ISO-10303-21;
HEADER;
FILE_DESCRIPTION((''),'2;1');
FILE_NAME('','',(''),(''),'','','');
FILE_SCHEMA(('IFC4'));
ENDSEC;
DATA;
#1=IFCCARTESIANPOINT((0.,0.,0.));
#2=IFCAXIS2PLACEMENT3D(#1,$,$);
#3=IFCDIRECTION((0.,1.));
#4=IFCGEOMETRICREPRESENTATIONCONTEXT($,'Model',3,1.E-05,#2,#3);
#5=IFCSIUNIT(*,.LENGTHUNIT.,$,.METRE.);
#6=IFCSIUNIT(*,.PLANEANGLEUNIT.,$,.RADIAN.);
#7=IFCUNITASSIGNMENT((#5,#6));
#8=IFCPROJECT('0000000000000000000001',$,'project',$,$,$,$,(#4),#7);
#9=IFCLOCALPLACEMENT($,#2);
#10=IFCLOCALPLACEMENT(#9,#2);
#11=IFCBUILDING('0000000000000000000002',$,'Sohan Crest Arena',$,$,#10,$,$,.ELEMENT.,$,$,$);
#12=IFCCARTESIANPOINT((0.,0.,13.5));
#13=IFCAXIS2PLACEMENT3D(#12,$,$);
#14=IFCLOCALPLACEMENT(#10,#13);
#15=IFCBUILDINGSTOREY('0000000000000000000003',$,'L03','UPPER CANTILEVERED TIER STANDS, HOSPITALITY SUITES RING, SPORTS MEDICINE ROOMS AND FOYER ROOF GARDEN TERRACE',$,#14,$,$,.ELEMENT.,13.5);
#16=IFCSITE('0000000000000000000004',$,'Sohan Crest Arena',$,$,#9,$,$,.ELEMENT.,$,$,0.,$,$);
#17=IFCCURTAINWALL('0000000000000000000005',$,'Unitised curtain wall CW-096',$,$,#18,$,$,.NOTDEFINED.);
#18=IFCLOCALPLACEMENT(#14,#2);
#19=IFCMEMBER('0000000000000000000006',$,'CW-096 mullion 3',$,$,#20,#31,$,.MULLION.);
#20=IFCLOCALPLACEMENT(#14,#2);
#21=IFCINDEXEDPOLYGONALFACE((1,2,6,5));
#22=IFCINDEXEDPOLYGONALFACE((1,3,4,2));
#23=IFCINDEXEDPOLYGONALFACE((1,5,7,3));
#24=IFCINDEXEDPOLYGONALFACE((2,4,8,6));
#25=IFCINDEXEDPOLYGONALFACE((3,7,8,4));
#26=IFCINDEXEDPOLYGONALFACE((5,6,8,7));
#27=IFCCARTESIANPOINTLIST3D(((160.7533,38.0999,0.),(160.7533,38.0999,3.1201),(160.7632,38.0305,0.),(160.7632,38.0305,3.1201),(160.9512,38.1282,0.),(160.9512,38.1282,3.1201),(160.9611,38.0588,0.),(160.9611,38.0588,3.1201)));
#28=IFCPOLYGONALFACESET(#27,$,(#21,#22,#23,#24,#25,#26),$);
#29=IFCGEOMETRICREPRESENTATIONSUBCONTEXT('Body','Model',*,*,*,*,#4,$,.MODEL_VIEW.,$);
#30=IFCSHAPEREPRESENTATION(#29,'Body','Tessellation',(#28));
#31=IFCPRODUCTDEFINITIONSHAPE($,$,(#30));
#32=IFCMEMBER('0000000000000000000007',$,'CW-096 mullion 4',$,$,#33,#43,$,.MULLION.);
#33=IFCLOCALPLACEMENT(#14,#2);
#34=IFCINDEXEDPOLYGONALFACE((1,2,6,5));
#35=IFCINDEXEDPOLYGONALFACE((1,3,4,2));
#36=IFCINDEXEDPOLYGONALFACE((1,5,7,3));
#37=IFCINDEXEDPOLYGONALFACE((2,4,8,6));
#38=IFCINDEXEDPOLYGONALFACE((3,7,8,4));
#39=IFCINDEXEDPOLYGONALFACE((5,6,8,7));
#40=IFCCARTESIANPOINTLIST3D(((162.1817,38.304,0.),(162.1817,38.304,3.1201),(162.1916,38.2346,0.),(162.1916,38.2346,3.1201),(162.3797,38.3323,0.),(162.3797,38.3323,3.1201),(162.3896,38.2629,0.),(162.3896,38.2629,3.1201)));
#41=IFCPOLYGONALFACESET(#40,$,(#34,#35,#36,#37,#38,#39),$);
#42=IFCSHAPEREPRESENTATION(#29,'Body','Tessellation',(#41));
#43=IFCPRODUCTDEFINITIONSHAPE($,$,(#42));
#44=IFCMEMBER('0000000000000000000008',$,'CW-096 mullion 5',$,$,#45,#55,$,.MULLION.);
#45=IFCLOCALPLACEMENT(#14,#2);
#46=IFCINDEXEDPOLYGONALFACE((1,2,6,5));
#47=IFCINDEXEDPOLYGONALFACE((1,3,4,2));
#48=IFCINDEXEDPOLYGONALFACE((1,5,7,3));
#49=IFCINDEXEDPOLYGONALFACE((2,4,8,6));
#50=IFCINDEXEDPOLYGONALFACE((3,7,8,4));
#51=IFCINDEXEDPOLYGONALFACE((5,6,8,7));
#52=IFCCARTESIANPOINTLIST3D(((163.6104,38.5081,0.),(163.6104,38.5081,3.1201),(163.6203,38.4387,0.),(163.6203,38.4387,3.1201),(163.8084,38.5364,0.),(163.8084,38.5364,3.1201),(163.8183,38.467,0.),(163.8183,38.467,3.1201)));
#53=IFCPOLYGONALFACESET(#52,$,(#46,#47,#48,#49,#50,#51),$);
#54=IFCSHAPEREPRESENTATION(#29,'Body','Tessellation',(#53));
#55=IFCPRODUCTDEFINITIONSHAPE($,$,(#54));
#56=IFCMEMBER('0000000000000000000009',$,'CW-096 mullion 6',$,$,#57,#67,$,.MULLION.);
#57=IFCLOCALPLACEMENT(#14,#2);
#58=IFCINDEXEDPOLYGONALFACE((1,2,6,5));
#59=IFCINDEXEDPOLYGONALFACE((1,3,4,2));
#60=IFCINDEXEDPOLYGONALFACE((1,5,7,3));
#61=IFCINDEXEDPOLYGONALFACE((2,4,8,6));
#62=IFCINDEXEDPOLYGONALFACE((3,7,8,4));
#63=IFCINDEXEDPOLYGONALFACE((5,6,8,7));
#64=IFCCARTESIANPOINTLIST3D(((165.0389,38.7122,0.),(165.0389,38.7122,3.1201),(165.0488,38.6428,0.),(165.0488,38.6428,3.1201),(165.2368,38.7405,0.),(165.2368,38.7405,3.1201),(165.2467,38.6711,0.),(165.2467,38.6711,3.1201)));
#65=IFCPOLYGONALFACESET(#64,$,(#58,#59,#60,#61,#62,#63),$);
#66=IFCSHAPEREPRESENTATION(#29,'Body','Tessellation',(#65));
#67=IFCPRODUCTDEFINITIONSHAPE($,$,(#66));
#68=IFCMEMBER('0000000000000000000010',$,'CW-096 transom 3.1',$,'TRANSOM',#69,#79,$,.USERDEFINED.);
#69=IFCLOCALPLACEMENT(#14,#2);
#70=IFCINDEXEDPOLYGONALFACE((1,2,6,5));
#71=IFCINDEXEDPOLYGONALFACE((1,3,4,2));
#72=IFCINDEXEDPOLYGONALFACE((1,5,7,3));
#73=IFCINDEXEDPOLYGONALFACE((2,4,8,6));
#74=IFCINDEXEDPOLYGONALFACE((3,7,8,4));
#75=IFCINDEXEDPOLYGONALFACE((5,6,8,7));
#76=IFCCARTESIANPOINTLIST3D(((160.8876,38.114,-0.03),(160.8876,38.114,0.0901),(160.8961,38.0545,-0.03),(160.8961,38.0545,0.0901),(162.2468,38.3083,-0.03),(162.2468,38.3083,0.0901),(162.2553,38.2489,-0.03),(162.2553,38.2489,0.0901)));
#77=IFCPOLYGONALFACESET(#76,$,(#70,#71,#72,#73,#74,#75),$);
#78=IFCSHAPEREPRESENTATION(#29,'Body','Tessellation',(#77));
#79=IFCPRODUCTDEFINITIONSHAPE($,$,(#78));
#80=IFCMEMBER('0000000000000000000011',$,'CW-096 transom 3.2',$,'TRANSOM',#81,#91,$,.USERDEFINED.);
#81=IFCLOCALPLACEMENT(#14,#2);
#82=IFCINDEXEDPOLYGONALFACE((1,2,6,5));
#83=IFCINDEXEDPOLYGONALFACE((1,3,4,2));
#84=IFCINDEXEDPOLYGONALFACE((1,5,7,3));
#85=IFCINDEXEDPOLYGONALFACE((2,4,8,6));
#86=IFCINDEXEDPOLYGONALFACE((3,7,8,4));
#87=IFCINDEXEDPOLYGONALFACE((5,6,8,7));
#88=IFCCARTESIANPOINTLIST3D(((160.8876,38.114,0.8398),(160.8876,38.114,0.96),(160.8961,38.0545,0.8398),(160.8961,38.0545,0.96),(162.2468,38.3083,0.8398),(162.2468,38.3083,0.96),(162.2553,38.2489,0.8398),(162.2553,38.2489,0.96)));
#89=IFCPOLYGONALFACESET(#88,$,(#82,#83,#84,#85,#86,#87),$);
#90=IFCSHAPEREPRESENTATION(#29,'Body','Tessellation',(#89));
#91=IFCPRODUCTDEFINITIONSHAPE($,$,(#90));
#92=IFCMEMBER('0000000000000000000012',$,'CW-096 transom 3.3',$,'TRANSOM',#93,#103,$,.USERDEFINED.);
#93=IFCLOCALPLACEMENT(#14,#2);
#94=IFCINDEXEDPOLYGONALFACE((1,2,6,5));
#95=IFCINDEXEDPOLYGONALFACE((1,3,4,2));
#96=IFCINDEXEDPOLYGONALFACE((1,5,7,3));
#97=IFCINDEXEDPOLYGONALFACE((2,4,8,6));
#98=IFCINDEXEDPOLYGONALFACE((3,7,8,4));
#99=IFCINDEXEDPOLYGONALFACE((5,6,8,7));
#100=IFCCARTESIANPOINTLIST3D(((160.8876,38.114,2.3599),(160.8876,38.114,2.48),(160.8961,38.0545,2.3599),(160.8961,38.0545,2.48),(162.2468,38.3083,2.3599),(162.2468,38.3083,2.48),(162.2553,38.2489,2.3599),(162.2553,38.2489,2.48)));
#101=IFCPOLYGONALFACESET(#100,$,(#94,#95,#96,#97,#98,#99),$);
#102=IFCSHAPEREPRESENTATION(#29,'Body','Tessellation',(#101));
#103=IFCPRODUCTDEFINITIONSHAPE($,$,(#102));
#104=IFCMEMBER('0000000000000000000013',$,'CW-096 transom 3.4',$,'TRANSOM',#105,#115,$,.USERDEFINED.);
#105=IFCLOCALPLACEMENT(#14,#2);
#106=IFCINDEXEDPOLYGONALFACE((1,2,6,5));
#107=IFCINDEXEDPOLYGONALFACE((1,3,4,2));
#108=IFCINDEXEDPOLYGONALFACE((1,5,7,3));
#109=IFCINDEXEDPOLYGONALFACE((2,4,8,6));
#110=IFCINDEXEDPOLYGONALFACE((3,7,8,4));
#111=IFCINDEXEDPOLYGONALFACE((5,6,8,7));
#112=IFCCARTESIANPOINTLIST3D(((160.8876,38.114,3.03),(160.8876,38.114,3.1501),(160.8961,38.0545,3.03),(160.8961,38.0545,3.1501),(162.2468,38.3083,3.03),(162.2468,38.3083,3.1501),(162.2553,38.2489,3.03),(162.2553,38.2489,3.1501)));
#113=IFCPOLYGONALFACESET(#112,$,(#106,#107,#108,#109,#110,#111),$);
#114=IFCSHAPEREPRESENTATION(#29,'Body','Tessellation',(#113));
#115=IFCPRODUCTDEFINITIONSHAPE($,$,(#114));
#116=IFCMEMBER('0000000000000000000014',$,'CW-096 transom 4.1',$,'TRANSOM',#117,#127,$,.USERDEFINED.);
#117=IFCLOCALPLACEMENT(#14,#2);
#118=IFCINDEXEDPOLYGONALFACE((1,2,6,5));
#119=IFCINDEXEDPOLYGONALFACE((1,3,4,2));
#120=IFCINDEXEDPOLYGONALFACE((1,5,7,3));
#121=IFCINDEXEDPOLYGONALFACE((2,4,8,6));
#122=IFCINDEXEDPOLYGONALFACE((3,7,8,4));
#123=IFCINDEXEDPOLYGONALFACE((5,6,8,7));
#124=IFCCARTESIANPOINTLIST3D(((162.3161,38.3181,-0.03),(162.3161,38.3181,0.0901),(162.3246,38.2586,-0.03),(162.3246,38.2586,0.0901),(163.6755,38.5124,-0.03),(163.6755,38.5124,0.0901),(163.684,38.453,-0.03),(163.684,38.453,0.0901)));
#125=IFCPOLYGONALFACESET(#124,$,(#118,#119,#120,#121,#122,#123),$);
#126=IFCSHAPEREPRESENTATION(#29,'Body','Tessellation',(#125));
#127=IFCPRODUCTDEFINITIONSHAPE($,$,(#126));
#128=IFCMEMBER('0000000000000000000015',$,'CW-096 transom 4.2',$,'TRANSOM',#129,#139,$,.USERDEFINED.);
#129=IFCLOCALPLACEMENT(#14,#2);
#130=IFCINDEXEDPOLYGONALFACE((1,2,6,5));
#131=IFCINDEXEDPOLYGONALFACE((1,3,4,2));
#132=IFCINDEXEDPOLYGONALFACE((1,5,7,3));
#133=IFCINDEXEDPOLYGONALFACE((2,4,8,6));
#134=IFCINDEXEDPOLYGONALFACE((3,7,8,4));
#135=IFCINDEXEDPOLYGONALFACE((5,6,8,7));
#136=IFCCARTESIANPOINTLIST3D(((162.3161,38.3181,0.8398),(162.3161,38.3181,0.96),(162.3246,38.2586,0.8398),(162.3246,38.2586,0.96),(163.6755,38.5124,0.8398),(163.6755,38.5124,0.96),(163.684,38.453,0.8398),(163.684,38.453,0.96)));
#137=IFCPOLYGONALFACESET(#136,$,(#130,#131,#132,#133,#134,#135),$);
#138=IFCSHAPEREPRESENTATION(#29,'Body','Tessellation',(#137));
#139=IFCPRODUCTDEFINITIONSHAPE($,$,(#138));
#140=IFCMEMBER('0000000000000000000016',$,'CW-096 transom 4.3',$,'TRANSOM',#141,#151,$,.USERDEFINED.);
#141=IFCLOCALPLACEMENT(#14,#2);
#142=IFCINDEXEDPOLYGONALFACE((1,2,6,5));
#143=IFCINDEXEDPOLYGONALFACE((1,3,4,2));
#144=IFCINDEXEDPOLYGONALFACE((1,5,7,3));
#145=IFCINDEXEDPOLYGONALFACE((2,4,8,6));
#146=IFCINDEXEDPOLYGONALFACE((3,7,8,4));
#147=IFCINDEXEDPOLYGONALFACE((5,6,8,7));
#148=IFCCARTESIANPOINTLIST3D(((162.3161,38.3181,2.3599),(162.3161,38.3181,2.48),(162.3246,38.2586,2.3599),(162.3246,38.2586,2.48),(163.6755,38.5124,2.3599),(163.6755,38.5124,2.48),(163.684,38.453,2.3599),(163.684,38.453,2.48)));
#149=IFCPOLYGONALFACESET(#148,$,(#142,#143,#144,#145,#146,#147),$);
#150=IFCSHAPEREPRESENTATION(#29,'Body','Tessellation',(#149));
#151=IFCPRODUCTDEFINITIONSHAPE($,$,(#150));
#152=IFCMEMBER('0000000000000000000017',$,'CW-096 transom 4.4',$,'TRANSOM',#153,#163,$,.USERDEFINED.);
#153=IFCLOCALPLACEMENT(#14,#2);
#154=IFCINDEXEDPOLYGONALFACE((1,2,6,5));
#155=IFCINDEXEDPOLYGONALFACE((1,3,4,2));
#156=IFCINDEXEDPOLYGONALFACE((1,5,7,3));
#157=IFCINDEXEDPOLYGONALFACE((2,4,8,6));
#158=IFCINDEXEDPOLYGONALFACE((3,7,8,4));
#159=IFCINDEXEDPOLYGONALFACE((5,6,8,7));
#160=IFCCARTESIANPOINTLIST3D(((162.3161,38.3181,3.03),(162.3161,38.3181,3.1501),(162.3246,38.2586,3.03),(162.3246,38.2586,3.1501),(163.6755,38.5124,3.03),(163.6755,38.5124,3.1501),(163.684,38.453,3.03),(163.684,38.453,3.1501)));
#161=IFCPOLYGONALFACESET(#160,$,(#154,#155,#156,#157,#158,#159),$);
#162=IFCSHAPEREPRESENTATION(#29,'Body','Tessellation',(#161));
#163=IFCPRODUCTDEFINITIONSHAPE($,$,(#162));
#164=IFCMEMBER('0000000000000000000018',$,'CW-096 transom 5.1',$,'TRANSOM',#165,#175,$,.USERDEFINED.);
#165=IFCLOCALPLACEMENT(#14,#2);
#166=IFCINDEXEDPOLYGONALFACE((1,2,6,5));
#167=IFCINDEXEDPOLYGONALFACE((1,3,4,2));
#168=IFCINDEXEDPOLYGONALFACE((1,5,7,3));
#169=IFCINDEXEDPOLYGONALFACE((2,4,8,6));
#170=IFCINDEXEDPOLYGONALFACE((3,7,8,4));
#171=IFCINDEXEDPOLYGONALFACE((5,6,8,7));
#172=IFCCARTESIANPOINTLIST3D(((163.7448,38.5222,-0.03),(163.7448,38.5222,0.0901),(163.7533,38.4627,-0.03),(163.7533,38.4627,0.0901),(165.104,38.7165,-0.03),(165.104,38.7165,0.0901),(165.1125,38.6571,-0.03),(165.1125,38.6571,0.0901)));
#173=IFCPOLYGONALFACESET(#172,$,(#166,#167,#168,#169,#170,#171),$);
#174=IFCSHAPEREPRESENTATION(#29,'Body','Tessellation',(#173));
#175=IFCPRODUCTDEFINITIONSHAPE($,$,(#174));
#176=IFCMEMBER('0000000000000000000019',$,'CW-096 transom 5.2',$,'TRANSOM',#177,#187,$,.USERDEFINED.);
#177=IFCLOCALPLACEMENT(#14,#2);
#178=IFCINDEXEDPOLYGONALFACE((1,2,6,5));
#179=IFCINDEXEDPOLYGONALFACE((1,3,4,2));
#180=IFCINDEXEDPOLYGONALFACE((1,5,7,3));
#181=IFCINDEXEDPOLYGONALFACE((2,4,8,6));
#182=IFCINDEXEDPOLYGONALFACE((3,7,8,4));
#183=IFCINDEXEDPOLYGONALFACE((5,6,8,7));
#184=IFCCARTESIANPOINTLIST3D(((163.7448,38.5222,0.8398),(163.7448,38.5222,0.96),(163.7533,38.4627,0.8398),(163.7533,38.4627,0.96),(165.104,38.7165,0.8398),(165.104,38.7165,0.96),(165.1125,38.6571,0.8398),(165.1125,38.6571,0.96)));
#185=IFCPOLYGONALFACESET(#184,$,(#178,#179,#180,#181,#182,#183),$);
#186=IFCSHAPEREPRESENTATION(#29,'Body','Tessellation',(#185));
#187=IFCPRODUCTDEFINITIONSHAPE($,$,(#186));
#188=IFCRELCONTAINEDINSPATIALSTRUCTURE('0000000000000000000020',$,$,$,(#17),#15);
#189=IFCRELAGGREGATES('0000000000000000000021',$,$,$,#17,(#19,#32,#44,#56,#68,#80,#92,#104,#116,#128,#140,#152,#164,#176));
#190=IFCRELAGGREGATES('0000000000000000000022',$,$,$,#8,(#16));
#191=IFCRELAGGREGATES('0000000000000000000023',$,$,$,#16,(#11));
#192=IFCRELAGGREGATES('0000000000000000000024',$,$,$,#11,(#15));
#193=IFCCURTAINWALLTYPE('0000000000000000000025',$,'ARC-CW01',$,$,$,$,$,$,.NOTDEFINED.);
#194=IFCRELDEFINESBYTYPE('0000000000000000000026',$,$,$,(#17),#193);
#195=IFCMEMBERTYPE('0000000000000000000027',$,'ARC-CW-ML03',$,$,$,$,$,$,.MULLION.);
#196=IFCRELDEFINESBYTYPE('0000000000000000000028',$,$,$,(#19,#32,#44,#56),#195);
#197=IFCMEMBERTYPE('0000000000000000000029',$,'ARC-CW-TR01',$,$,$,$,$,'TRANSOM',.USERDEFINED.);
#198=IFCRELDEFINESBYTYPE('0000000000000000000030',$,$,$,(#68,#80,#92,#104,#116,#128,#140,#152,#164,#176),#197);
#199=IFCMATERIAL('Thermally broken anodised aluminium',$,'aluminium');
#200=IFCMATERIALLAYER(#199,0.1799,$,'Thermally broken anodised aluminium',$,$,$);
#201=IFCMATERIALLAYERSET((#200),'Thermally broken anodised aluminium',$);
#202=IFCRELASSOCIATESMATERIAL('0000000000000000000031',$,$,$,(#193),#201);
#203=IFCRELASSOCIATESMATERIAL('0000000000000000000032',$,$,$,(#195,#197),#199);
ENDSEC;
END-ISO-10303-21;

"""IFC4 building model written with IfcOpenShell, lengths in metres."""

from ifc_helpers import new_model, si_unit, direction, frame, origin, origin_2d, place, context, subcontext, project, spatial, rectangle, extrude, material, layer, layer_set, material_profile, profile_set, type_object, element, aggregate, save


model = new_model("IFC4")

# Units and contexts
model_context = context("Model", 3, precision=1e-05, world=origin(), true_north=direction((0.0, 1.0)))
body_context = subcontext(model_context, "Body", "Model", "MODEL_VIEW")
ifc_project = project(units=[si_unit("LENGTHUNIT", "METRE"), si_unit("PLANEANGLEUNIT", "RADIAN")], contexts=[model_context])

# Site, building, storey
site_placement = place(None, origin())
site = spatial("IfcSite", under=ifc_project, at=site_placement, Name="Sohan Crest Arena", CompositionType="ELEMENT", RefElevation=0.0)
building_placement = place(site_placement, origin())
building = spatial("IfcBuilding", under=site, at=building_placement, Name="Sohan Crest Arena", CompositionType="ELEMENT")
storey_placement = place(building_placement, frame((0.0, 0.0, 13.5)))
storey = spatial("IfcBuildingStorey", under=building, at=storey_placement, Name="L03", Description="UPPER CANTILEVERED TIER STANDS, HOSPITALITY SUITES RING, SPORTS MEDICINE ROOMS AND FOYER ROOF GARDEN TERRACE", CompositionType="ELEMENT", Elevation=13.5)

# Curtain wall, members
ifc_material_1 = material(Name="Thermally broken anodised aluminium", Category="aluminium")
ifc_layer_1 = layer(ifc_material_1, 0.1799, Name="Thermally broken anodised aluminium")
ifc_layer_set_1 = layer_set([ifc_layer_1], Name="Thermally broken anodised aluminium")
curtain_wall_type = type_object("IfcCurtainWallType", Name="ARC-CW01", PredefinedType="NOTDEFINED", material=ifc_layer_set_1)
curtain_wall_placement = place(storey_placement, origin())
curtain_wall = element("IfcCurtainWall", 1, at=curtain_wall_placement, inside=storey, type_object=curtain_wall_type, Name="Unitised curtain wall CW-096", PredefinedType="NOTDEFINED")
ifc_material_profile_1 = material_profile(ifc_material_1, rectangle(XDim=0.0701, YDim=0.2, at=origin_2d()), Name="ALU-MULL 70x200")
ifc_profile_set_1 = profile_set([ifc_material_profile_1], Name="Thermally broken anodised aluminium")
member_type_1 = type_object("IfcMemberType", Name="ARC-CW-ML03", PredefinedType="MULLION", material=ifc_profile_set_1)
member_1_placement = place(storey_placement, frame((160.8572, 38.0793, 0.0), z_axis=(0.0, 0.0, 1.0), x_axis=(-0.141463, 0.989944, 0.0)))
member_1 = element("IfcMember", 2, at=member_1_placement, type_object=member_type_1, Name="CW-096 mullion 3", PredefinedType="MULLION", context=body_context, shape_type="SweptSolid", body=[
    extrude(rectangle(XDim=0.0701, YDim=0.2, at=origin_2d()), origin(), (0.0, 0.0, 1.0), 3.1201),
])
member_2_placement = place(storey_placement, frame((162.2856, 38.2834, 0.0), z_axis=(0.0, 0.0, 1.0), x_axis=(-0.141463, 0.989944, 0.0)))
member_2 = element("IfcMember", 3, at=member_2_placement, type_object=member_type_1, Name="CW-096 mullion 4", PredefinedType="MULLION", context=body_context, shape_type="SweptSolid", body=[
    extrude(rectangle(XDim=0.0701, YDim=0.2, at=origin_2d()), origin(), (0.0, 0.0, 1.0), 3.1201),
])
member_3_placement = place(storey_placement, frame((163.7144, 38.4875, 0.0), z_axis=(0.0, 0.0, 1.0), x_axis=(-0.141463, 0.989944, 0.0)))
member_3 = element("IfcMember", 4, at=member_3_placement, type_object=member_type_1, Name="CW-096 mullion 5", PredefinedType="MULLION", context=body_context, shape_type="SweptSolid", body=[
    extrude(rectangle(XDim=0.0701, YDim=0.2, at=origin_2d()), origin(), (0.0, 0.0, 1.0), 3.1201),
])
member_4_placement = place(storey_placement, frame((165.1428, 38.6917, 0.0), z_axis=(0.0, 0.0, 1.0), x_axis=(-0.141463, 0.989944, 0.0)))
member_4 = element("IfcMember", 5, at=member_4_placement, type_object=member_type_1, Name="CW-096 mullion 6", PredefinedType="MULLION", context=body_context, shape_type="SweptSolid", body=[
    extrude(rectangle(XDim=0.0701, YDim=0.2, at=origin_2d()), origin(), (0.0, 0.0, 1.0), 3.1201),
])
ifc_material_profile_2 = material_profile(ifc_material_1, rectangle(XDim=0.0601, YDim=0.1201, at=origin_2d()), Name="ALU-TRAN 60x120")
ifc_profile_set_2 = profile_set([ifc_material_profile_2], Name="Thermally broken anodised aluminium")
member_type_2 = type_object("IfcMemberType", Name="ARC-CW-TR01", ElementType="TRANSOM", PredefinedType="USERDEFINED", material=ifc_profile_set_2)
member_5_placement = place(storey_placement, frame((160.8918, 38.0842, 0.03), z_axis=(0.989932, 0.141546, 0.0), x_axis=(-0.141546, 0.989932, 0.0)))
member_5 = element("IfcMember", 6, at=member_5_placement, type_object=member_type_2, Name="CW-096 transom 3.1", ObjectType="TRANSOM", PredefinedType="USERDEFINED", context=body_context, shape_type="SweptSolid", body=[
    extrude(rectangle(XDim=0.0601, YDim=0.1201, at=origin_2d()), origin(), (0.0, 0.0, 1.0), 1.373),
])
member_6_placement = place(storey_placement, frame((160.8918, 38.0842, 0.8999), z_axis=(0.989932, 0.141546, 0.0), x_axis=(-0.141546, 0.989932, 0.0)))
member_6 = element("IfcMember", 7, at=member_6_placement, type_object=member_type_2, Name="CW-096 transom 3.2", ObjectType="TRANSOM", PredefinedType="USERDEFINED", context=body_context, shape_type="SweptSolid", body=[
    extrude(rectangle(XDim=0.0601, YDim=0.1201, at=origin_2d()), origin(), (0.0, 0.0, 1.0), 1.373),
])
member_7_placement = place(storey_placement, frame((160.8918, 38.0842, 2.4199), z_axis=(0.989932, 0.141546, 0.0), x_axis=(-0.141546, 0.989932, 0.0)))
member_7 = element("IfcMember", 8, at=member_7_placement, type_object=member_type_2, Name="CW-096 transom 3.3", ObjectType="TRANSOM", PredefinedType="USERDEFINED", context=body_context, shape_type="SweptSolid", body=[
    extrude(rectangle(XDim=0.0601, YDim=0.1201, at=origin_2d()), origin(), (0.0, 0.0, 1.0), 1.373),
])
member_8_placement = place(storey_placement, frame((160.8918, 38.0842, 3.0901), z_axis=(0.989932, 0.141546, 0.0), x_axis=(-0.141546, 0.989932, 0.0)))
member_8 = element("IfcMember", 9, at=member_8_placement, type_object=member_type_2, Name="CW-096 transom 3.4", ObjectType="TRANSOM", PredefinedType="USERDEFINED", context=body_context, shape_type="SweptSolid", body=[
    extrude(rectangle(XDim=0.0601, YDim=0.1201, at=origin_2d()), origin(), (0.0, 0.0, 1.0), 1.373),
])
member_9_placement = place(storey_placement, frame((162.3203, 38.2883, 0.03), z_axis=(0.989935, 0.141521, 0.0), x_axis=(-0.141521, 0.989935, 0.0)))
member_9 = element("IfcMember", 10, at=member_9_placement, type_object=member_type_2, Name="CW-096 transom 4.1", ObjectType="TRANSOM", PredefinedType="USERDEFINED", context=body_context, shape_type="SweptSolid", body=[
    extrude(rectangle(XDim=0.0601, YDim=0.1201, at=origin_2d()), origin(), (0.0, 0.0, 1.0), 1.3733),
])
member_10_placement = place(storey_placement, frame((162.3203, 38.2883, 0.8999), z_axis=(0.989935, 0.141521, 0.0), x_axis=(-0.141521, 0.989935, 0.0)))
member_10 = element("IfcMember", 11, at=member_10_placement, type_object=member_type_2, Name="CW-096 transom 4.2", ObjectType="TRANSOM", PredefinedType="USERDEFINED", context=body_context, shape_type="SweptSolid", body=[
    extrude(rectangle(XDim=0.0601, YDim=0.1201, at=origin_2d()), origin(), (0.0, 0.0, 1.0), 1.3733),
])
member_11_placement = place(storey_placement, frame((162.3203, 38.2883, 2.4199), z_axis=(0.989935, 0.141521, 0.0), x_axis=(-0.141521, 0.989935, 0.0)))
member_11 = element("IfcMember", 12, at=member_11_placement, type_object=member_type_2, Name="CW-096 transom 4.3", ObjectType="TRANSOM", PredefinedType="USERDEFINED", context=body_context, shape_type="SweptSolid", body=[
    extrude(rectangle(XDim=0.0601, YDim=0.1201, at=origin_2d()), origin(), (0.0, 0.0, 1.0), 1.3733),
])
member_12_placement = place(storey_placement, frame((162.3203, 38.2883, 3.0901), z_axis=(0.989935, 0.141521, 0.0), x_axis=(-0.141521, 0.989935, 0.0)))
member_12 = element("IfcMember", 13, at=member_12_placement, type_object=member_type_2, Name="CW-096 transom 4.4", ObjectType="TRANSOM", PredefinedType="USERDEFINED", context=body_context, shape_type="SweptSolid", body=[
    extrude(rectangle(XDim=0.0601, YDim=0.1201, at=origin_2d()), origin(), (0.0, 0.0, 1.0), 1.3733),
])
member_13_placement = place(storey_placement, frame((163.749, 38.4924, 0.03), z_axis=(0.989932, 0.141546, 0.0), x_axis=(-0.141546, 0.989932, 0.0)))
member_13 = element("IfcMember", 14, at=member_13_placement, type_object=member_type_2, Name="CW-096 transom 5.1", ObjectType="TRANSOM", PredefinedType="USERDEFINED", context=body_context, shape_type="SweptSolid", body=[
    extrude(rectangle(XDim=0.0601, YDim=0.1201, at=origin_2d()), origin(), (0.0, 0.0, 1.0), 1.373),
])
member_14_placement = place(storey_placement, frame((163.749, 38.4924, 0.8999), z_axis=(0.989932, 0.141546, 0.0), x_axis=(-0.141546, 0.989932, 0.0)))
member_14 = element("IfcMember", 15, at=member_14_placement, type_object=member_type_2, Name="CW-096 transom 5.2", ObjectType="TRANSOM", PredefinedType="USERDEFINED", context=body_context, shape_type="SweptSolid", body=[
    extrude(rectangle(XDim=0.0601, YDim=0.1201, at=origin_2d()), origin(), (0.0, 0.0, 1.0), 1.373),
])
aggregate(curtain_wall, [member_1, member_2, member_3, member_4, member_5, member_6, member_7, member_8, member_9, member_10, member_11, member_12, member_13, member_14])

save(model, "model.ifc")
